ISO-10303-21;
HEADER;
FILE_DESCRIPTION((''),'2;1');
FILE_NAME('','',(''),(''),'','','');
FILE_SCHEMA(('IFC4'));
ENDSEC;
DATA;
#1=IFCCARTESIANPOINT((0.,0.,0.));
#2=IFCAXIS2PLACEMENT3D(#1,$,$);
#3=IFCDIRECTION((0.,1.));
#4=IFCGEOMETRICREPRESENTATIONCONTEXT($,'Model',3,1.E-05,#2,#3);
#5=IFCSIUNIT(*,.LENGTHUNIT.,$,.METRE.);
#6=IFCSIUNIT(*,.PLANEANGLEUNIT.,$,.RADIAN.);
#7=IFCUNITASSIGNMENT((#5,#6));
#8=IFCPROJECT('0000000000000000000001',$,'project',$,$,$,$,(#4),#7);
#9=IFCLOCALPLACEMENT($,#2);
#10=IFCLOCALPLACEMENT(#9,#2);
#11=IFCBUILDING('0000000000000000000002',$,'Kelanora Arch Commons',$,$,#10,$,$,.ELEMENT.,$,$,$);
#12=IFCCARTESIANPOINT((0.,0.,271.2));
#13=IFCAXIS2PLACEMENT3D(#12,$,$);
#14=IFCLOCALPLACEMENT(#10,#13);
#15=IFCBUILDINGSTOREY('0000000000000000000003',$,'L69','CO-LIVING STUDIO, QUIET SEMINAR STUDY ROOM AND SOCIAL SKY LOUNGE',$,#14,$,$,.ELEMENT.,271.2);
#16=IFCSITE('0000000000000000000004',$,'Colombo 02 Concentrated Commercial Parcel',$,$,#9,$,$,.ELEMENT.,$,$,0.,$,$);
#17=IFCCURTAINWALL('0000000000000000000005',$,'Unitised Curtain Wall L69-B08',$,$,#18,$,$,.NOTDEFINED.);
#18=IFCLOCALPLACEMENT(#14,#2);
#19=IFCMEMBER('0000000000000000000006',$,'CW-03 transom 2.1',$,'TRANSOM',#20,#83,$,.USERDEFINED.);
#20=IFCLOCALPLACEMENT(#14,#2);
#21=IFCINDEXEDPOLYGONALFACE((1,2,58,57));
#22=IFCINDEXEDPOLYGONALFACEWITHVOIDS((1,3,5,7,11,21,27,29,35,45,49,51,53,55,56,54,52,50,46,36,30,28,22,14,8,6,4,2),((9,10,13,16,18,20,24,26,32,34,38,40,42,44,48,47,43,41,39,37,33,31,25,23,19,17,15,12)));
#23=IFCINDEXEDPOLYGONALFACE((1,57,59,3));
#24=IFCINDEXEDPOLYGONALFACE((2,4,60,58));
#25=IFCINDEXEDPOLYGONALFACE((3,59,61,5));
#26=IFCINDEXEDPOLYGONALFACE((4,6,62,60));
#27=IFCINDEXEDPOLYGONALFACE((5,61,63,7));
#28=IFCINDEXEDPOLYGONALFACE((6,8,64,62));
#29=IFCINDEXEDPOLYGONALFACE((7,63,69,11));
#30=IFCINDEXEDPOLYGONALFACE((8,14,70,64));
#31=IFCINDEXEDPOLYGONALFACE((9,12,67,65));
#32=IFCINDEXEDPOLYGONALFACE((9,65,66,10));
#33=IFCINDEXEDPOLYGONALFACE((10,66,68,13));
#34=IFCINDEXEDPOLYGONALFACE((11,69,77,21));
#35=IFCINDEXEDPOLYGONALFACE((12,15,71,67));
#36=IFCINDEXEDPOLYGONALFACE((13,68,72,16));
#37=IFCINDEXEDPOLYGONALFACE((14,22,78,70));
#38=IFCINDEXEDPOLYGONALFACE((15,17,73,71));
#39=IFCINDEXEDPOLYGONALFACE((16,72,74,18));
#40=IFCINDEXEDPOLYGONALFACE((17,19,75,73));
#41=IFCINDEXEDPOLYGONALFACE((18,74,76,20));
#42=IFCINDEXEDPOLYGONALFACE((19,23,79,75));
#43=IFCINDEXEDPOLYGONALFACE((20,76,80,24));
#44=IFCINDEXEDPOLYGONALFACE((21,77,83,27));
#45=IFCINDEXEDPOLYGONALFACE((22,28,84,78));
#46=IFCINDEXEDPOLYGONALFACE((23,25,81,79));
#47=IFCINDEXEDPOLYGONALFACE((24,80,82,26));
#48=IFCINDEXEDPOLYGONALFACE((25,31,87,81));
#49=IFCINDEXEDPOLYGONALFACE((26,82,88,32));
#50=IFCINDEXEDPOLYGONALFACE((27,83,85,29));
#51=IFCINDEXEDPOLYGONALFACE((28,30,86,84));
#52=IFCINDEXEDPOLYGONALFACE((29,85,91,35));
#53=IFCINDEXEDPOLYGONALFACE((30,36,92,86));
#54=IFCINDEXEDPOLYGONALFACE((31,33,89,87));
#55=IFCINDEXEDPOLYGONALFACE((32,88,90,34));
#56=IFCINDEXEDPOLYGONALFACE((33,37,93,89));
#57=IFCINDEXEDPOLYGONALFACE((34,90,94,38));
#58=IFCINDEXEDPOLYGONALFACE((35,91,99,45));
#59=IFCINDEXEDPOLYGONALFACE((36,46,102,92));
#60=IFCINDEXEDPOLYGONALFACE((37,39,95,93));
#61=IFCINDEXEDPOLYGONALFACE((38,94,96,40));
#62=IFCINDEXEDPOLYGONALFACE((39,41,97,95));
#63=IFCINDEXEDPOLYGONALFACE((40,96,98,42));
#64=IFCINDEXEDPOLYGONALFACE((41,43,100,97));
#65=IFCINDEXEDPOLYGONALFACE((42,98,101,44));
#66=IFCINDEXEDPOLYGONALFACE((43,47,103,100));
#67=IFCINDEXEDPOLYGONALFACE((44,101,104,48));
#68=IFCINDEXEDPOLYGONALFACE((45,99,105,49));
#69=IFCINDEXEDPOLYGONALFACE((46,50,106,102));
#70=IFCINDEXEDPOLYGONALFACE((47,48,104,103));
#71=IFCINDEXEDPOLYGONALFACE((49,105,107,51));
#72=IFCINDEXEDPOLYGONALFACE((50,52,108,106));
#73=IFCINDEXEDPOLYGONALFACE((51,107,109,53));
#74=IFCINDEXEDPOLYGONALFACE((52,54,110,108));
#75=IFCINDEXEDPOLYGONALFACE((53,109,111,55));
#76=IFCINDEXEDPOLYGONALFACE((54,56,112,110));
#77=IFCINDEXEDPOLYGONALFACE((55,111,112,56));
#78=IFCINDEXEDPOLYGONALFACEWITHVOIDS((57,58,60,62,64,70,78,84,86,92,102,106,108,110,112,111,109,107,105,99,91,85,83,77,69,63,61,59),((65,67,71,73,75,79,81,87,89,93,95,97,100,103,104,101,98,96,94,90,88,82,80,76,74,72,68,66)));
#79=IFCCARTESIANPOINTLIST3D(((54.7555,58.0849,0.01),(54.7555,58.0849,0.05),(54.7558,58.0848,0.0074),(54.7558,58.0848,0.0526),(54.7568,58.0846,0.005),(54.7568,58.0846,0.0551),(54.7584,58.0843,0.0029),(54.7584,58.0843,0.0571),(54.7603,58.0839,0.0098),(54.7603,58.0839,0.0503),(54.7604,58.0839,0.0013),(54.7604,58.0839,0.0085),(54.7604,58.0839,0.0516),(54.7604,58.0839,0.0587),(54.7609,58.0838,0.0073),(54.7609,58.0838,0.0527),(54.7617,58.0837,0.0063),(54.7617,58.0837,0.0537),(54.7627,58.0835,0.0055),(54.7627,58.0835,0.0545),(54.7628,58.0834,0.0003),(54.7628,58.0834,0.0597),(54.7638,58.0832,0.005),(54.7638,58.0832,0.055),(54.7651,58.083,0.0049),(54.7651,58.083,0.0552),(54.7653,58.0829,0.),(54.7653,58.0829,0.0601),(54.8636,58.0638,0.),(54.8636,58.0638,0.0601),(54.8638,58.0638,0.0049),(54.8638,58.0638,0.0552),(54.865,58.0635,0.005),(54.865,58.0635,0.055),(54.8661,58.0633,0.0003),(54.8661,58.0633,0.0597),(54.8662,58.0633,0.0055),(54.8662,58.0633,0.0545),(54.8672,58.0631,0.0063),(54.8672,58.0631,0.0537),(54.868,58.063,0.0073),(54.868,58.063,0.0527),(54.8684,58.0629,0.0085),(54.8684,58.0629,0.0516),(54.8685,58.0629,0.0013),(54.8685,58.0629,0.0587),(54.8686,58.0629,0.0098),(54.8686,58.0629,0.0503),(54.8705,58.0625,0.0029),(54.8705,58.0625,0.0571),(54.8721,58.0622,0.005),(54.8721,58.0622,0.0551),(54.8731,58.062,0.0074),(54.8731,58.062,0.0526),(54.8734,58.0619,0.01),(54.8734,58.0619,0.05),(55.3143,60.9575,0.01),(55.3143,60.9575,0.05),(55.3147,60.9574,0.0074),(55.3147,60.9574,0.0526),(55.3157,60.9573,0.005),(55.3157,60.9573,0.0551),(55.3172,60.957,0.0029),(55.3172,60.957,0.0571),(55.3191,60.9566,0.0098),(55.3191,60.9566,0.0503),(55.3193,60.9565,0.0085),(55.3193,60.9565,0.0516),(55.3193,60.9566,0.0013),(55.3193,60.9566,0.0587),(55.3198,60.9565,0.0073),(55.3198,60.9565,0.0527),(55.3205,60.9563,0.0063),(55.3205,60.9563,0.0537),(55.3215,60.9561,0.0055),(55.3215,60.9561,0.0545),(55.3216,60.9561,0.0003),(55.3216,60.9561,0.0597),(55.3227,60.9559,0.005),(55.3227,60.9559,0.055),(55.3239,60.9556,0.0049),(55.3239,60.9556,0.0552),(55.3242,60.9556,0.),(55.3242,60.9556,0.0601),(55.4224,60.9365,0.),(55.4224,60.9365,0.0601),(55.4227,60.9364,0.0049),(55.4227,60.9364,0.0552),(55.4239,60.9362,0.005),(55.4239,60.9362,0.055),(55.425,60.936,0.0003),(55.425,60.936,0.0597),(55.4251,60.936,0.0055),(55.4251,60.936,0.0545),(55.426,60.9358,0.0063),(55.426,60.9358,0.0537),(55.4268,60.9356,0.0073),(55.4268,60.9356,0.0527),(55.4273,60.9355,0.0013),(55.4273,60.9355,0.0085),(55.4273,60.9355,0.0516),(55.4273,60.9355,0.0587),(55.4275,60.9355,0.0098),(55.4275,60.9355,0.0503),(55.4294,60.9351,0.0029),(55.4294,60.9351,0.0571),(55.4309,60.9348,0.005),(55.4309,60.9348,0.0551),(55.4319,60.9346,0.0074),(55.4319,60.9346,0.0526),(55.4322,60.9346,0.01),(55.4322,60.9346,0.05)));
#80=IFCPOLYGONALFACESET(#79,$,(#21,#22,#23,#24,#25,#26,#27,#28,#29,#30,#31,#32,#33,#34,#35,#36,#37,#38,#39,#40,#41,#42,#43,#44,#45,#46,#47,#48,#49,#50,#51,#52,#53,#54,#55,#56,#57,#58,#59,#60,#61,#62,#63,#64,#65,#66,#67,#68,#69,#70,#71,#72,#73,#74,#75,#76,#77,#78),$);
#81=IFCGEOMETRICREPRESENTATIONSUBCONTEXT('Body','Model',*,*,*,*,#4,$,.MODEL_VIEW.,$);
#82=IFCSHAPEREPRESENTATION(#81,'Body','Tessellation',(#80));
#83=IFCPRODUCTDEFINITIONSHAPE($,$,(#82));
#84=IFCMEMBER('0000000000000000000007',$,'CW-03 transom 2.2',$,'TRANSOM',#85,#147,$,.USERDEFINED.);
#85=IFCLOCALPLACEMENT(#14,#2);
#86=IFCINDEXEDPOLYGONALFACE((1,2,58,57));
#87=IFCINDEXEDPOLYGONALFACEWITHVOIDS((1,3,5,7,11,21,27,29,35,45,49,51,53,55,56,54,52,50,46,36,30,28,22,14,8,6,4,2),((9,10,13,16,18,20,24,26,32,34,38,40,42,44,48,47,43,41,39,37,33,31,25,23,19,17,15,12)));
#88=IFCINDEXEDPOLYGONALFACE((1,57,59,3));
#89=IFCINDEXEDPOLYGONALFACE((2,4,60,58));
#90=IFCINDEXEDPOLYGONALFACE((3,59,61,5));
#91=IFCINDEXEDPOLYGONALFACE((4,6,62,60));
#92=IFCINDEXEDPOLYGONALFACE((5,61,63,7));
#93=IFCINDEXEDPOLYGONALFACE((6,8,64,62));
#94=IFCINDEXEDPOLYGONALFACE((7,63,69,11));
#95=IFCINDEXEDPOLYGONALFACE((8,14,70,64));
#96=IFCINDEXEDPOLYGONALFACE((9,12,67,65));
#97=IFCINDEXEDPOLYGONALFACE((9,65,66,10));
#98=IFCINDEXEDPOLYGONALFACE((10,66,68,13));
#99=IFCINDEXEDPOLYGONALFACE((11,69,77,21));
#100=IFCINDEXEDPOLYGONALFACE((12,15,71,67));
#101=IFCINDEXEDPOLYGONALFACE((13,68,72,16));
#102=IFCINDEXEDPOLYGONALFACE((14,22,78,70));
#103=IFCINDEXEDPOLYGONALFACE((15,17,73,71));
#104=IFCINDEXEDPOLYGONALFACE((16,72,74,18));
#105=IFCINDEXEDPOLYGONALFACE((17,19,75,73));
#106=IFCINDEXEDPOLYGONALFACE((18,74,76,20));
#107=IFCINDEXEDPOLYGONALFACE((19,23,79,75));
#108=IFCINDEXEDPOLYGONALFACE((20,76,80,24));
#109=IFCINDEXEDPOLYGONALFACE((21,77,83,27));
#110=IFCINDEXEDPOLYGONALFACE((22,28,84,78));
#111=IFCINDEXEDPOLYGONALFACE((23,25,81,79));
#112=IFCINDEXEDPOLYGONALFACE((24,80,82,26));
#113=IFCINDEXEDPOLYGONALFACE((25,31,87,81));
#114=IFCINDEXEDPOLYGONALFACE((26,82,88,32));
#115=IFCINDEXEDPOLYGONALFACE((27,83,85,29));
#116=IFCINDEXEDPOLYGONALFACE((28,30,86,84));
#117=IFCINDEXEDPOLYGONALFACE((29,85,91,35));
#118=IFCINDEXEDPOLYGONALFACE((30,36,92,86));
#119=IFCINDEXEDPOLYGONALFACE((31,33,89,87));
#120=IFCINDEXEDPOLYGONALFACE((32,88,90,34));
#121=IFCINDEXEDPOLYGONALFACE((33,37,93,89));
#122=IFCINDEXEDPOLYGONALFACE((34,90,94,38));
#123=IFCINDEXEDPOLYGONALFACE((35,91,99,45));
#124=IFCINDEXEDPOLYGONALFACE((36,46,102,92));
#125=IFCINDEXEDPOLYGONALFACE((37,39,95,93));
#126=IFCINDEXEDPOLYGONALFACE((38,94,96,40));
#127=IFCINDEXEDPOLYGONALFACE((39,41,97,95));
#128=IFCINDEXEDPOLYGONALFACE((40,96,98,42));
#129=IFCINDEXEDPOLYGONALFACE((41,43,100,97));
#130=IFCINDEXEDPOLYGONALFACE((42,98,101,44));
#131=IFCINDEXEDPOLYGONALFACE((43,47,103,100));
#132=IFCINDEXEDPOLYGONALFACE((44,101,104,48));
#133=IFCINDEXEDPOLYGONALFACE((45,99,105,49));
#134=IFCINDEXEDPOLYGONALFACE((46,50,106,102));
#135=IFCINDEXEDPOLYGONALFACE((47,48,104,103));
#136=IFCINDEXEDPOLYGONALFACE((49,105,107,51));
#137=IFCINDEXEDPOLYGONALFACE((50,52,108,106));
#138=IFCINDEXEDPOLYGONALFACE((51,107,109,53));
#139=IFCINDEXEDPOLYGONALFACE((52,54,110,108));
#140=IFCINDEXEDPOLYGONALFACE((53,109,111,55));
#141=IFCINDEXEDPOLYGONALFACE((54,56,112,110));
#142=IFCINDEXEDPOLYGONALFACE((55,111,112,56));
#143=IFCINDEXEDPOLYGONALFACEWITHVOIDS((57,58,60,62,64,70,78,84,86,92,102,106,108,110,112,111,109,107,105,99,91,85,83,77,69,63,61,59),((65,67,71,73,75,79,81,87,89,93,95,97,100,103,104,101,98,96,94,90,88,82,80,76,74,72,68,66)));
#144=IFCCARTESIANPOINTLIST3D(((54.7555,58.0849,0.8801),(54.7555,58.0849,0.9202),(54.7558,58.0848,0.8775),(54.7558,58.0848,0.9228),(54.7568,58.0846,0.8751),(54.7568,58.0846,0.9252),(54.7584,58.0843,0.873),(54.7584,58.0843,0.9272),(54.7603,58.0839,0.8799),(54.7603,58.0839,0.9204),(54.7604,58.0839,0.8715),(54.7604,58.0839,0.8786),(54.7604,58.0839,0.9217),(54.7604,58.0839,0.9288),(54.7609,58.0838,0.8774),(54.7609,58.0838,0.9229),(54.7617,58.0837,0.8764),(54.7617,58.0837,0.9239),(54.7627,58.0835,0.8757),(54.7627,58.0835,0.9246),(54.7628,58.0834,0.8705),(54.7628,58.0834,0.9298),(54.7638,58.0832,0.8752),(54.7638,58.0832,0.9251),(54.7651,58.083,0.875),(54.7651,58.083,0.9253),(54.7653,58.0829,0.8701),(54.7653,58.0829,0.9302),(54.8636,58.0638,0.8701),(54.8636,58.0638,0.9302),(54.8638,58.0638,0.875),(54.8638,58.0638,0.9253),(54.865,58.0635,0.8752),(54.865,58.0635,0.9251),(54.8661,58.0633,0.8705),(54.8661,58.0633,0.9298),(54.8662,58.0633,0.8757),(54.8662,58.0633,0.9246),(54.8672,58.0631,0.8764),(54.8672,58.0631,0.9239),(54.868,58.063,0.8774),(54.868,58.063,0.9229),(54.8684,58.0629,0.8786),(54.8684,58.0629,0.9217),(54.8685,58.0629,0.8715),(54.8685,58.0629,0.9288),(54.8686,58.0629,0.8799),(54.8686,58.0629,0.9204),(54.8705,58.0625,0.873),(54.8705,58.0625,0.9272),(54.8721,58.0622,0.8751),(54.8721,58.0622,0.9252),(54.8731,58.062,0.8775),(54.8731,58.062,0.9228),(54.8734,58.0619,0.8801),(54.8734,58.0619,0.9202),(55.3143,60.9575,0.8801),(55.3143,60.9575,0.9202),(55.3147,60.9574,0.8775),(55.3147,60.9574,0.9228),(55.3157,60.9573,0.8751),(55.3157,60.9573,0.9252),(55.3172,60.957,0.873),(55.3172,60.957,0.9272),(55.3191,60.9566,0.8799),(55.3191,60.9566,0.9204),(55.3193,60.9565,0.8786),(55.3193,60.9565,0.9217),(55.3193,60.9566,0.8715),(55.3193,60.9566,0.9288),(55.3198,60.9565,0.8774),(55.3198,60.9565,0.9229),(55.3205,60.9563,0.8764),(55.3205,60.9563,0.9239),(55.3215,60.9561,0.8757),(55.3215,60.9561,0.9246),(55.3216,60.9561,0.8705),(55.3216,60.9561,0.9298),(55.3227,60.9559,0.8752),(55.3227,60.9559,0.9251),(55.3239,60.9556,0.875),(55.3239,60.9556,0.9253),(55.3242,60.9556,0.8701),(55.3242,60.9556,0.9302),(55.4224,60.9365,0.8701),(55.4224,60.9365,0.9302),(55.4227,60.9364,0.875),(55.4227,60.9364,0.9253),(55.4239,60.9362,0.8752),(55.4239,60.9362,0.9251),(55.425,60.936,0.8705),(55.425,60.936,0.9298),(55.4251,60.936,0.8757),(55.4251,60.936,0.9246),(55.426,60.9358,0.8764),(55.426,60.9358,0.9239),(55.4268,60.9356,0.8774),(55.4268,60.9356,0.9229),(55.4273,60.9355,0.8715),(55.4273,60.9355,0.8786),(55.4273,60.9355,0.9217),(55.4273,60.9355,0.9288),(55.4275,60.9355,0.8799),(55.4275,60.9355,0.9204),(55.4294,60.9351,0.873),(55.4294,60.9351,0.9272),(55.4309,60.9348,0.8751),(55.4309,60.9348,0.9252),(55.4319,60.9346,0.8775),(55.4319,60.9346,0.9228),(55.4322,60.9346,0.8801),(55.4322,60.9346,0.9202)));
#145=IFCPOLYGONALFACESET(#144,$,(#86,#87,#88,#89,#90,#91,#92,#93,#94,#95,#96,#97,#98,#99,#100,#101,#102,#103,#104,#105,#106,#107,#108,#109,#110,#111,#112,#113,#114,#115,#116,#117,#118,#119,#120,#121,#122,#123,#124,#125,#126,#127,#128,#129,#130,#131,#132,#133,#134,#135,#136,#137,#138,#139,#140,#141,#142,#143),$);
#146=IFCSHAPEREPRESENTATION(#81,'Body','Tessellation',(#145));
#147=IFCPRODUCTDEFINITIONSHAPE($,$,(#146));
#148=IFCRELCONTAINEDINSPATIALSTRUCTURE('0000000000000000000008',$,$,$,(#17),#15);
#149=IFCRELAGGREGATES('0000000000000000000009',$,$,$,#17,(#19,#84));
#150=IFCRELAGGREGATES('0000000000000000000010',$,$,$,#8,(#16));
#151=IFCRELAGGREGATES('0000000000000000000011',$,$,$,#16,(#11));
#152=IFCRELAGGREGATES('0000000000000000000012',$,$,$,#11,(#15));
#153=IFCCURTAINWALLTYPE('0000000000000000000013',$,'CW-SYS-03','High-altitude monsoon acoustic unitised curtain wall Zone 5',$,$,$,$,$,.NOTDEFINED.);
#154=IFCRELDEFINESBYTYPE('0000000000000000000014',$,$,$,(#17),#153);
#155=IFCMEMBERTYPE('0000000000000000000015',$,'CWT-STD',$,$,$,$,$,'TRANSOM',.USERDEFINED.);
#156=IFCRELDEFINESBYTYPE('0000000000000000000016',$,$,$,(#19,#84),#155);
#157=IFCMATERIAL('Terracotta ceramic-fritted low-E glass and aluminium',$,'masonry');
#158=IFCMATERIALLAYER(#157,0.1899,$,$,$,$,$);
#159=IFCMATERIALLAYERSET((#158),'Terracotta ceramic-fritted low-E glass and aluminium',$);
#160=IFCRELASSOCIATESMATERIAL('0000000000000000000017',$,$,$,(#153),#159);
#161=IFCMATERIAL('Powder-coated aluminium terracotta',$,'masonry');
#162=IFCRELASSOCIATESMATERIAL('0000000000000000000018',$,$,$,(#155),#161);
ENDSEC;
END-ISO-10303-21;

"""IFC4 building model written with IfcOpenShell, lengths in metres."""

from ifc_helpers import new_model, si_unit, direction, frame, origin, origin_2d, place, context, subcontext, project, spatial, hollow_rectangle, extrude, material, layer, layer_set, material_profile, profile_set, type_object, element, aggregate, save


model = new_model("IFC4")

# Units and contexts
model_context = context("Model", 3, precision=1e-05, world=origin(), true_north=direction((0.0, 1.0)))
body_context = subcontext(model_context, "Body", "Model", "MODEL_VIEW")
ifc_project = project(units=[si_unit("LENGTHUNIT", "METRE"), si_unit("PLANEANGLEUNIT", "RADIAN")], contexts=[model_context])

# Site, building, storey
site_placement = place(None, origin())
site = spatial("IfcSite", under=ifc_project, at=site_placement, Name="Colombo 02 Concentrated Commercial Parcel", CompositionType="ELEMENT", RefElevation=0.0)
building_placement = place(site_placement, origin())
building = spatial("IfcBuilding", under=site, at=building_placement, Name="Kelanora Arch Commons", CompositionType="ELEMENT")
storey_placement = place(building_placement, frame((0.0, 0.0, 271.2)))
storey = spatial("IfcBuildingStorey", under=building, at=storey_placement, Name="L69", Description="CO-LIVING STUDIO, QUIET SEMINAR STUDY ROOM AND SOCIAL SKY LOUNGE", CompositionType="ELEMENT", Elevation=271.2)

# Curtain wall, members
ifc_material_1 = material(Name="Terracotta ceramic-fritted low-E glass and aluminium", Category="masonry")
ifc_layer_1 = layer(ifc_material_1, 0.1899)
ifc_layer_set_1 = layer_set([ifc_layer_1], Name="Terracotta ceramic-fritted low-E glass and aluminium")
curtain_wall_type = type_object("IfcCurtainWallType", Name="CW-SYS-03", Description="High-altitude monsoon acoustic unitised curtain wall Zone 5", PredefinedType="NOTDEFINED", material=ifc_layer_set_1)
curtain_wall_placement = place(storey_placement, origin())
curtain_wall = element("IfcCurtainWall", 1, at=curtain_wall_placement, inside=storey, type_object=curtain_wall_type, Name="Unitised Curtain Wall L69-B08", PredefinedType="NOTDEFINED")
ifc_material_2 = material(Name="Powder-coated aluminium terracotta", Category="masonry")
ifc_material_profile_1 = material_profile(ifc_material_2, hollow_rectangle(XDim=0.1201, YDim=0.0601, WallThickness=0.0049, InnerFilletRadius=0.0049, OuterFilletRadius=0.01, at=origin_2d()), Name="CWT120x60")
ifc_profile_set_1 = profile_set([ifc_material_profile_1], Name="Powder-coated aluminium terracotta")
member_type_1 = type_object("IfcMemberType", Name="CWT-STD", ElementType="TRANSOM", PredefinedType="USERDEFINED", material=ifc_profile_set_1)
member_1_placement = place(storey_placement, frame((55.3733, 60.946, 0.03), z_axis=(-0.190963, -0.981597, 0.0), x_axis=(0.981597, -0.190963, 0.0)))
member_1 = element("IfcMember", 2, at=member_1_placement, type_object=member_type_1, Name="CW-03 transom 2.1", ObjectType="TRANSOM", PredefinedType="USERDEFINED", context=body_context, shape_type="SweptSolid", body=[
    extrude(hollow_rectangle(XDim=0.1201, YDim=0.0601, WallThickness=0.0049, InnerFilletRadius=0.0049, OuterFilletRadius=0.01, at=origin_2d()), origin(), (0.0, 0.0, 1.0), 2.9265),
])
member_2_placement = place(storey_placement, frame((55.3733, 60.946, 0.9001), z_axis=(-0.190963, -0.981597, 0.0), x_axis=(0.981597, -0.190963, 0.0)))
member_2 = element("IfcMember", 3, at=member_2_placement, type_object=member_type_1, Name="CW-03 transom 2.2", ObjectType="TRANSOM", PredefinedType="USERDEFINED", context=body_context, shape_type="SweptSolid", body=[
    extrude(hollow_rectangle(XDim=0.1201, YDim=0.0601, WallThickness=0.0049, InnerFilletRadius=0.0049, OuterFilletRadius=0.01, at=origin_2d()), origin(), (0.0, 0.0, 1.0), 2.9265),
])
aggregate(curtain_wall, [member_1, member_2])

save(model, "model.ifc")
